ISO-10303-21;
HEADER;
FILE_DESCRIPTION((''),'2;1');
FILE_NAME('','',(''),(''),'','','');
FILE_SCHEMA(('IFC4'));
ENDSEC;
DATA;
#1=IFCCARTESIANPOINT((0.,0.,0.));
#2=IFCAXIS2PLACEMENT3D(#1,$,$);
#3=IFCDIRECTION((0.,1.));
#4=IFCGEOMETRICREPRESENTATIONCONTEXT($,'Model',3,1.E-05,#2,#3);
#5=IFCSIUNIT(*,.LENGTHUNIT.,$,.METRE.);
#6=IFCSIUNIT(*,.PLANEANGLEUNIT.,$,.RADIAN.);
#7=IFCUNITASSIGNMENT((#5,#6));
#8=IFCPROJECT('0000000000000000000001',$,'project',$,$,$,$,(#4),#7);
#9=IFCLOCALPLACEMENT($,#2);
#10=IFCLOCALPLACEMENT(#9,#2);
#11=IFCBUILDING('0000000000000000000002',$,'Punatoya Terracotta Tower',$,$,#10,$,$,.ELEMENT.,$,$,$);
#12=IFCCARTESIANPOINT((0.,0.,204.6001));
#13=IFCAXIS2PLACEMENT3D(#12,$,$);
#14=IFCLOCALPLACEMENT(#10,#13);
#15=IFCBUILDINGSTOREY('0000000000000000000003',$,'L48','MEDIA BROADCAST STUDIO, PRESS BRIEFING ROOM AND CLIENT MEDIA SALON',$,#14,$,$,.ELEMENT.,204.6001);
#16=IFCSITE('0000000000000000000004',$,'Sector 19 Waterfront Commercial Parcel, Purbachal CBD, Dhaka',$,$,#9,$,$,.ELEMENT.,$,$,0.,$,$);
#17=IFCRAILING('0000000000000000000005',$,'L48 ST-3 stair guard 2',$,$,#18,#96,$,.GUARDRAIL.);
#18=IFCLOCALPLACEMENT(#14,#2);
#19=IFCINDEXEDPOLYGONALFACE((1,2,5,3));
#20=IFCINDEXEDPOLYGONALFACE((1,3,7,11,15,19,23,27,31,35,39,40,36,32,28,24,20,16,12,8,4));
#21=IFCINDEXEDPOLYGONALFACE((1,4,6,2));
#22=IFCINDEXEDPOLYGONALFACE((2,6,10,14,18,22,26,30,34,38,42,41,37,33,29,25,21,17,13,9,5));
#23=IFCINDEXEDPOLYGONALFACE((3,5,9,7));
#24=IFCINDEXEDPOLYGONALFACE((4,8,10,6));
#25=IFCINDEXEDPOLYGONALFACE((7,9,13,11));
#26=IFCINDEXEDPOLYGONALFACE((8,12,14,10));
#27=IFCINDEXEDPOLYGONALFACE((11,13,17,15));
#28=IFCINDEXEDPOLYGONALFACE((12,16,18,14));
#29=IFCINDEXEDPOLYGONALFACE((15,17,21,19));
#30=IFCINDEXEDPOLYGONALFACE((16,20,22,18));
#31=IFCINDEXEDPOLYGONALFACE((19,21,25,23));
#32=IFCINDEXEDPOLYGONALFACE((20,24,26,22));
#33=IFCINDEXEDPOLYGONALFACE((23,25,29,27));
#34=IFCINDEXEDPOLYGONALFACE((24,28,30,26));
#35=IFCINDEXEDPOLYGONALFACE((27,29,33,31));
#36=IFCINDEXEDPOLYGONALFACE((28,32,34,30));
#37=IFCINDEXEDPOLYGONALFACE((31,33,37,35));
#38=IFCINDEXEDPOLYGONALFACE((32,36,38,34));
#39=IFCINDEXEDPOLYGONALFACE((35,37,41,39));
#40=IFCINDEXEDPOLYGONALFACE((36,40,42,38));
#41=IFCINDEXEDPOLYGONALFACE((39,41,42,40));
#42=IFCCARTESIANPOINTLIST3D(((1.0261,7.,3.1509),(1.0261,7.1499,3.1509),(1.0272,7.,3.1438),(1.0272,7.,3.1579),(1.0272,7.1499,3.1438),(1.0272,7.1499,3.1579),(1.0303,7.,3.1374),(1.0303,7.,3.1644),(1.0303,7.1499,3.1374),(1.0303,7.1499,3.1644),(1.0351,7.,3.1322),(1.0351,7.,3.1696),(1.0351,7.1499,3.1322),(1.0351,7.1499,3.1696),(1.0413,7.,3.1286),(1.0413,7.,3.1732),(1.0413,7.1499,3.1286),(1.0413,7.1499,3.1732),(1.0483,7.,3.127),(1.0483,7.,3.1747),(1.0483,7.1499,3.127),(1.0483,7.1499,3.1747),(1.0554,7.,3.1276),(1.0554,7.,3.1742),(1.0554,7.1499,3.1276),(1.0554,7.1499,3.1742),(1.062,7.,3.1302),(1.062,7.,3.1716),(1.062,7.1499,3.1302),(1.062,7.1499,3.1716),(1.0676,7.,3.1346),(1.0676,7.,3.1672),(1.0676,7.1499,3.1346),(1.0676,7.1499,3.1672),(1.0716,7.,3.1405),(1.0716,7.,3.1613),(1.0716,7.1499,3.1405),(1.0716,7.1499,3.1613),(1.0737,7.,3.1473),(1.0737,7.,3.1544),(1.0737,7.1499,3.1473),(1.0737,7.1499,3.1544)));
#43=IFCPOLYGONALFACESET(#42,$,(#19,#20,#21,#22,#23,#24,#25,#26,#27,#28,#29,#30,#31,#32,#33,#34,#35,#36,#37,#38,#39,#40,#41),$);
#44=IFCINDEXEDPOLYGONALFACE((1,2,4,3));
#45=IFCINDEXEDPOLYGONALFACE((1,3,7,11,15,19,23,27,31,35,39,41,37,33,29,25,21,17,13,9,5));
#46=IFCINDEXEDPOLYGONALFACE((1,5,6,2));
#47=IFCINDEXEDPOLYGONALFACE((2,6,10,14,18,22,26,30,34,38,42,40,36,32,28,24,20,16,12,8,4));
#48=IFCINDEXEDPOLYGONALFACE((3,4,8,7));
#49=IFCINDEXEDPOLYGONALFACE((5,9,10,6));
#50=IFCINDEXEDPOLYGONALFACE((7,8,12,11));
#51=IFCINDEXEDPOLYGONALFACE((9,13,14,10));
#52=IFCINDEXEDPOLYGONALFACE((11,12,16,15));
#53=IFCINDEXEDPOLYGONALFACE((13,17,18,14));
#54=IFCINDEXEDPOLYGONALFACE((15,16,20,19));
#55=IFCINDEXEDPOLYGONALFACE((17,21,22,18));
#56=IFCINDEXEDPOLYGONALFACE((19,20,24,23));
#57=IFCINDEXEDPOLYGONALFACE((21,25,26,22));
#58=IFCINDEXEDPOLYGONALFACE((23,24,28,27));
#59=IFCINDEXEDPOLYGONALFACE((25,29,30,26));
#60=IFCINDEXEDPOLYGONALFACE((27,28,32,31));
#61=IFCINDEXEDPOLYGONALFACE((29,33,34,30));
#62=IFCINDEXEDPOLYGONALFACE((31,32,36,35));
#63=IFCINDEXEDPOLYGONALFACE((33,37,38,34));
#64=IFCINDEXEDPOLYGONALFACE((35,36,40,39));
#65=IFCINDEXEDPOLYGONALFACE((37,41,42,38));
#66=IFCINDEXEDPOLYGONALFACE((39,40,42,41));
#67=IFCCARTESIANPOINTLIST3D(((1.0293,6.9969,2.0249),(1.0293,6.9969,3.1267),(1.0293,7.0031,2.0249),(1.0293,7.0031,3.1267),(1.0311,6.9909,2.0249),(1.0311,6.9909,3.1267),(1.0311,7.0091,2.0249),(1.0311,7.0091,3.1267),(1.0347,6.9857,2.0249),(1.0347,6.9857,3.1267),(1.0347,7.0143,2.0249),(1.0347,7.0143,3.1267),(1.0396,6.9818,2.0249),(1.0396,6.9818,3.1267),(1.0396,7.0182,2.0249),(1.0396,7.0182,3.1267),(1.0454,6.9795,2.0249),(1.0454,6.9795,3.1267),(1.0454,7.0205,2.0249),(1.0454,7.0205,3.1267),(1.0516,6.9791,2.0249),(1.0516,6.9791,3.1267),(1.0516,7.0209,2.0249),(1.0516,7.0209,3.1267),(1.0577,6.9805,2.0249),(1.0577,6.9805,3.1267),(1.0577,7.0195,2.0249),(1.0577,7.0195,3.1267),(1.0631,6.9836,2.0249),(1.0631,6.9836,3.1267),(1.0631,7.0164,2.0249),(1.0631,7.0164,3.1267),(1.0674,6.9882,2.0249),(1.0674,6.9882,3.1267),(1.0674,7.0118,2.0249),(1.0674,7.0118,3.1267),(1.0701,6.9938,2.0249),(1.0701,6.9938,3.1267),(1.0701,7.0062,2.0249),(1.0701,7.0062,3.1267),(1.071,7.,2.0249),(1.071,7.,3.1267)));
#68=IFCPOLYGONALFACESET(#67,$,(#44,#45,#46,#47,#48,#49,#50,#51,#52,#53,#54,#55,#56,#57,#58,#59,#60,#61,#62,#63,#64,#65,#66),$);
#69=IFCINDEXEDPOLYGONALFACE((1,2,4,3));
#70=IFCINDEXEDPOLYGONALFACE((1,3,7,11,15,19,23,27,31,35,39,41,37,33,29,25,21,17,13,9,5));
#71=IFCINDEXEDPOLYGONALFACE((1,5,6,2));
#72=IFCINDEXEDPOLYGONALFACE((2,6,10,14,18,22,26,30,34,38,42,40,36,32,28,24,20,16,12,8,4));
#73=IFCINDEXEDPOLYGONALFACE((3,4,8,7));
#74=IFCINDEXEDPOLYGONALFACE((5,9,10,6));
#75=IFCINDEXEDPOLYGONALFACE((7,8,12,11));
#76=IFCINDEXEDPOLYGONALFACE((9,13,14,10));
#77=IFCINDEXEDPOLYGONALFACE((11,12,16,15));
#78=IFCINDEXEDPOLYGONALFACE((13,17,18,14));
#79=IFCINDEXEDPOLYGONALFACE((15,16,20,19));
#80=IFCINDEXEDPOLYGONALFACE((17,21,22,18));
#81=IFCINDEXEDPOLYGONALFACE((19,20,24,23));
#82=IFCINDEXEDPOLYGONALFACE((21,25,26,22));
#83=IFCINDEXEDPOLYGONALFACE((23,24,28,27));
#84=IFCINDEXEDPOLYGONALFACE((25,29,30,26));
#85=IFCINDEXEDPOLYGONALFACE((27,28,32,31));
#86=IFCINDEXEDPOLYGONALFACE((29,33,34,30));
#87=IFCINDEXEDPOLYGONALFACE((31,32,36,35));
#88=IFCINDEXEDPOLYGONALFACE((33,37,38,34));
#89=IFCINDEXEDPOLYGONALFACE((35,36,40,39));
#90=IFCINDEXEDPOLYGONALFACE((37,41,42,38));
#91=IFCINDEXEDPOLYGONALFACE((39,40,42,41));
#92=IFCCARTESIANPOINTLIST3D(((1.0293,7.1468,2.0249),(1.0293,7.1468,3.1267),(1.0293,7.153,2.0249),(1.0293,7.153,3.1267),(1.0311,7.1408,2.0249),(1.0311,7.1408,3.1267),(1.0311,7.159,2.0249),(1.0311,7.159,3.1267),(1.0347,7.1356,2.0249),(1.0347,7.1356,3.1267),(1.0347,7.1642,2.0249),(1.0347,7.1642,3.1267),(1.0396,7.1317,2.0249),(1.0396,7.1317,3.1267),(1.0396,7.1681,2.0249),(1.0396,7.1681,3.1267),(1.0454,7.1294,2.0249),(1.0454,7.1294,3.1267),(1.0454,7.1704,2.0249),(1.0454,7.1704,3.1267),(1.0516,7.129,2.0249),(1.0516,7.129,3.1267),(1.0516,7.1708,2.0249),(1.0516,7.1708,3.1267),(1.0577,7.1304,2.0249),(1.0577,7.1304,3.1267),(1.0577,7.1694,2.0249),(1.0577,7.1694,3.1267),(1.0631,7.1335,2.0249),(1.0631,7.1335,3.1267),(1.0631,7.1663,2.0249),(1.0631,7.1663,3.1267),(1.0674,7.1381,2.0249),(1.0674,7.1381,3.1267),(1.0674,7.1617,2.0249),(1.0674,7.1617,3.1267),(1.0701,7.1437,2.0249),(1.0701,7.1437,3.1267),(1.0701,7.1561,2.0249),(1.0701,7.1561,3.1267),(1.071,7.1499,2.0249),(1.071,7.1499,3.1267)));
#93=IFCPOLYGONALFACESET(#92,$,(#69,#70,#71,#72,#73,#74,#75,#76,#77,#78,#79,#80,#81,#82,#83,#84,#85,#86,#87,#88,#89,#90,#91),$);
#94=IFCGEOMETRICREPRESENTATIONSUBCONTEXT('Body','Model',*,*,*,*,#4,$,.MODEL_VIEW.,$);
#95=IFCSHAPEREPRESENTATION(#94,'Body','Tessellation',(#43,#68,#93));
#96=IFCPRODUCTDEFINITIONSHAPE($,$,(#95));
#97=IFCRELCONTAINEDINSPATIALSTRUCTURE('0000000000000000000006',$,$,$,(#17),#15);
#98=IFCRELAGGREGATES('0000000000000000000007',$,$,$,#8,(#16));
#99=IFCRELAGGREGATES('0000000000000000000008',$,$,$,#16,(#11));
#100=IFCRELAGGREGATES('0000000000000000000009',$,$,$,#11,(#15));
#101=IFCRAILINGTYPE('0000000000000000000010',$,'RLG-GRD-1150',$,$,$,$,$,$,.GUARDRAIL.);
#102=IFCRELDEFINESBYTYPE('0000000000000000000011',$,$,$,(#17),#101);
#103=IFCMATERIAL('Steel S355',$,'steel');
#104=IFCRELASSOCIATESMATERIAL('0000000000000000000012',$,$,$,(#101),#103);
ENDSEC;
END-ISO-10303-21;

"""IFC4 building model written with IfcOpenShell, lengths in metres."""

from ifc_helpers import new_model, si_unit, direction, frame, origin, origin_2d, place, context, subcontext, project, spatial, circle, extrude, material, type_object, element, save


model = new_model("IFC4")

# Units and contexts
model_context = context("Model", 3, precision=1e-05, world=origin(), true_north=direction((0.0, 1.0)))
body_context = subcontext(model_context, "Body", "Model", "MODEL_VIEW")
ifc_project = project(units=[si_unit("LENGTHUNIT", "METRE"), si_unit("PLANEANGLEUNIT", "RADIAN")], contexts=[model_context])

# Site, building, storey
site_placement = place(None, origin())
site = spatial("IfcSite", under=ifc_project, at=site_placement, Name="Sector 19 Waterfront Commercial Parcel, Purbachal CBD, Dhaka", CompositionType="ELEMENT", RefElevation=0.0)
building_placement = place(site_placement, origin())
building = spatial("IfcBuilding", under=site, at=building_placement, Name="Punatoya Terracotta Tower", CompositionType="ELEMENT")
storey_placement = place(building_placement, frame((0.0, 0.0, 204.6001)))
storey = spatial("IfcBuildingStorey", under=building, at=storey_placement, Name="L48", Description="MEDIA BROADCAST STUDIO, PRESS BRIEFING ROOM AND CLIENT MEDIA SALON", CompositionType="ELEMENT", Elevation=204.6001)

# Shared definitions
ifc_material_1 = material(Name="Steel S355", Category="steel")

# Railing
railing_type_1 = type_object("IfcRailingType", Name="RLG-GRD-1150", PredefinedType="GUARDRAIL", material=ifc_material_1)
railing_1_placement = place(storey_placement, frame((1.05, 7.0, 2.0249)))
element("IfcRailing", 1, at=railing_1_placement, inside=storey, type_object=railing_type_1, Name="L48 ST-3 stair guard 2", PredefinedType="GUARDRAIL", context=body_context, shape_type="SweptSolid", body=[
    extrude(circle(Radius=0.0239, at=origin_2d()), frame((0.0, 0.0, 1.126), z_axis=(0.0, 1.0, 0.0), x_axis=(-1.0, 0.0, 0.0)), (0.0, 0.0, 1.0), 0.1499),
    extrude(circle(Radius=0.021, at=origin_2d()), origin(), (0.0, 0.0, 1.0), 1.1018),
    extrude(circle(Radius=0.021, at=origin_2d()), frame((0.0, 0.1499, 0.0)), (0.0, 0.0, 1.0), 1.1018),
])

save(model, "model.ifc")
